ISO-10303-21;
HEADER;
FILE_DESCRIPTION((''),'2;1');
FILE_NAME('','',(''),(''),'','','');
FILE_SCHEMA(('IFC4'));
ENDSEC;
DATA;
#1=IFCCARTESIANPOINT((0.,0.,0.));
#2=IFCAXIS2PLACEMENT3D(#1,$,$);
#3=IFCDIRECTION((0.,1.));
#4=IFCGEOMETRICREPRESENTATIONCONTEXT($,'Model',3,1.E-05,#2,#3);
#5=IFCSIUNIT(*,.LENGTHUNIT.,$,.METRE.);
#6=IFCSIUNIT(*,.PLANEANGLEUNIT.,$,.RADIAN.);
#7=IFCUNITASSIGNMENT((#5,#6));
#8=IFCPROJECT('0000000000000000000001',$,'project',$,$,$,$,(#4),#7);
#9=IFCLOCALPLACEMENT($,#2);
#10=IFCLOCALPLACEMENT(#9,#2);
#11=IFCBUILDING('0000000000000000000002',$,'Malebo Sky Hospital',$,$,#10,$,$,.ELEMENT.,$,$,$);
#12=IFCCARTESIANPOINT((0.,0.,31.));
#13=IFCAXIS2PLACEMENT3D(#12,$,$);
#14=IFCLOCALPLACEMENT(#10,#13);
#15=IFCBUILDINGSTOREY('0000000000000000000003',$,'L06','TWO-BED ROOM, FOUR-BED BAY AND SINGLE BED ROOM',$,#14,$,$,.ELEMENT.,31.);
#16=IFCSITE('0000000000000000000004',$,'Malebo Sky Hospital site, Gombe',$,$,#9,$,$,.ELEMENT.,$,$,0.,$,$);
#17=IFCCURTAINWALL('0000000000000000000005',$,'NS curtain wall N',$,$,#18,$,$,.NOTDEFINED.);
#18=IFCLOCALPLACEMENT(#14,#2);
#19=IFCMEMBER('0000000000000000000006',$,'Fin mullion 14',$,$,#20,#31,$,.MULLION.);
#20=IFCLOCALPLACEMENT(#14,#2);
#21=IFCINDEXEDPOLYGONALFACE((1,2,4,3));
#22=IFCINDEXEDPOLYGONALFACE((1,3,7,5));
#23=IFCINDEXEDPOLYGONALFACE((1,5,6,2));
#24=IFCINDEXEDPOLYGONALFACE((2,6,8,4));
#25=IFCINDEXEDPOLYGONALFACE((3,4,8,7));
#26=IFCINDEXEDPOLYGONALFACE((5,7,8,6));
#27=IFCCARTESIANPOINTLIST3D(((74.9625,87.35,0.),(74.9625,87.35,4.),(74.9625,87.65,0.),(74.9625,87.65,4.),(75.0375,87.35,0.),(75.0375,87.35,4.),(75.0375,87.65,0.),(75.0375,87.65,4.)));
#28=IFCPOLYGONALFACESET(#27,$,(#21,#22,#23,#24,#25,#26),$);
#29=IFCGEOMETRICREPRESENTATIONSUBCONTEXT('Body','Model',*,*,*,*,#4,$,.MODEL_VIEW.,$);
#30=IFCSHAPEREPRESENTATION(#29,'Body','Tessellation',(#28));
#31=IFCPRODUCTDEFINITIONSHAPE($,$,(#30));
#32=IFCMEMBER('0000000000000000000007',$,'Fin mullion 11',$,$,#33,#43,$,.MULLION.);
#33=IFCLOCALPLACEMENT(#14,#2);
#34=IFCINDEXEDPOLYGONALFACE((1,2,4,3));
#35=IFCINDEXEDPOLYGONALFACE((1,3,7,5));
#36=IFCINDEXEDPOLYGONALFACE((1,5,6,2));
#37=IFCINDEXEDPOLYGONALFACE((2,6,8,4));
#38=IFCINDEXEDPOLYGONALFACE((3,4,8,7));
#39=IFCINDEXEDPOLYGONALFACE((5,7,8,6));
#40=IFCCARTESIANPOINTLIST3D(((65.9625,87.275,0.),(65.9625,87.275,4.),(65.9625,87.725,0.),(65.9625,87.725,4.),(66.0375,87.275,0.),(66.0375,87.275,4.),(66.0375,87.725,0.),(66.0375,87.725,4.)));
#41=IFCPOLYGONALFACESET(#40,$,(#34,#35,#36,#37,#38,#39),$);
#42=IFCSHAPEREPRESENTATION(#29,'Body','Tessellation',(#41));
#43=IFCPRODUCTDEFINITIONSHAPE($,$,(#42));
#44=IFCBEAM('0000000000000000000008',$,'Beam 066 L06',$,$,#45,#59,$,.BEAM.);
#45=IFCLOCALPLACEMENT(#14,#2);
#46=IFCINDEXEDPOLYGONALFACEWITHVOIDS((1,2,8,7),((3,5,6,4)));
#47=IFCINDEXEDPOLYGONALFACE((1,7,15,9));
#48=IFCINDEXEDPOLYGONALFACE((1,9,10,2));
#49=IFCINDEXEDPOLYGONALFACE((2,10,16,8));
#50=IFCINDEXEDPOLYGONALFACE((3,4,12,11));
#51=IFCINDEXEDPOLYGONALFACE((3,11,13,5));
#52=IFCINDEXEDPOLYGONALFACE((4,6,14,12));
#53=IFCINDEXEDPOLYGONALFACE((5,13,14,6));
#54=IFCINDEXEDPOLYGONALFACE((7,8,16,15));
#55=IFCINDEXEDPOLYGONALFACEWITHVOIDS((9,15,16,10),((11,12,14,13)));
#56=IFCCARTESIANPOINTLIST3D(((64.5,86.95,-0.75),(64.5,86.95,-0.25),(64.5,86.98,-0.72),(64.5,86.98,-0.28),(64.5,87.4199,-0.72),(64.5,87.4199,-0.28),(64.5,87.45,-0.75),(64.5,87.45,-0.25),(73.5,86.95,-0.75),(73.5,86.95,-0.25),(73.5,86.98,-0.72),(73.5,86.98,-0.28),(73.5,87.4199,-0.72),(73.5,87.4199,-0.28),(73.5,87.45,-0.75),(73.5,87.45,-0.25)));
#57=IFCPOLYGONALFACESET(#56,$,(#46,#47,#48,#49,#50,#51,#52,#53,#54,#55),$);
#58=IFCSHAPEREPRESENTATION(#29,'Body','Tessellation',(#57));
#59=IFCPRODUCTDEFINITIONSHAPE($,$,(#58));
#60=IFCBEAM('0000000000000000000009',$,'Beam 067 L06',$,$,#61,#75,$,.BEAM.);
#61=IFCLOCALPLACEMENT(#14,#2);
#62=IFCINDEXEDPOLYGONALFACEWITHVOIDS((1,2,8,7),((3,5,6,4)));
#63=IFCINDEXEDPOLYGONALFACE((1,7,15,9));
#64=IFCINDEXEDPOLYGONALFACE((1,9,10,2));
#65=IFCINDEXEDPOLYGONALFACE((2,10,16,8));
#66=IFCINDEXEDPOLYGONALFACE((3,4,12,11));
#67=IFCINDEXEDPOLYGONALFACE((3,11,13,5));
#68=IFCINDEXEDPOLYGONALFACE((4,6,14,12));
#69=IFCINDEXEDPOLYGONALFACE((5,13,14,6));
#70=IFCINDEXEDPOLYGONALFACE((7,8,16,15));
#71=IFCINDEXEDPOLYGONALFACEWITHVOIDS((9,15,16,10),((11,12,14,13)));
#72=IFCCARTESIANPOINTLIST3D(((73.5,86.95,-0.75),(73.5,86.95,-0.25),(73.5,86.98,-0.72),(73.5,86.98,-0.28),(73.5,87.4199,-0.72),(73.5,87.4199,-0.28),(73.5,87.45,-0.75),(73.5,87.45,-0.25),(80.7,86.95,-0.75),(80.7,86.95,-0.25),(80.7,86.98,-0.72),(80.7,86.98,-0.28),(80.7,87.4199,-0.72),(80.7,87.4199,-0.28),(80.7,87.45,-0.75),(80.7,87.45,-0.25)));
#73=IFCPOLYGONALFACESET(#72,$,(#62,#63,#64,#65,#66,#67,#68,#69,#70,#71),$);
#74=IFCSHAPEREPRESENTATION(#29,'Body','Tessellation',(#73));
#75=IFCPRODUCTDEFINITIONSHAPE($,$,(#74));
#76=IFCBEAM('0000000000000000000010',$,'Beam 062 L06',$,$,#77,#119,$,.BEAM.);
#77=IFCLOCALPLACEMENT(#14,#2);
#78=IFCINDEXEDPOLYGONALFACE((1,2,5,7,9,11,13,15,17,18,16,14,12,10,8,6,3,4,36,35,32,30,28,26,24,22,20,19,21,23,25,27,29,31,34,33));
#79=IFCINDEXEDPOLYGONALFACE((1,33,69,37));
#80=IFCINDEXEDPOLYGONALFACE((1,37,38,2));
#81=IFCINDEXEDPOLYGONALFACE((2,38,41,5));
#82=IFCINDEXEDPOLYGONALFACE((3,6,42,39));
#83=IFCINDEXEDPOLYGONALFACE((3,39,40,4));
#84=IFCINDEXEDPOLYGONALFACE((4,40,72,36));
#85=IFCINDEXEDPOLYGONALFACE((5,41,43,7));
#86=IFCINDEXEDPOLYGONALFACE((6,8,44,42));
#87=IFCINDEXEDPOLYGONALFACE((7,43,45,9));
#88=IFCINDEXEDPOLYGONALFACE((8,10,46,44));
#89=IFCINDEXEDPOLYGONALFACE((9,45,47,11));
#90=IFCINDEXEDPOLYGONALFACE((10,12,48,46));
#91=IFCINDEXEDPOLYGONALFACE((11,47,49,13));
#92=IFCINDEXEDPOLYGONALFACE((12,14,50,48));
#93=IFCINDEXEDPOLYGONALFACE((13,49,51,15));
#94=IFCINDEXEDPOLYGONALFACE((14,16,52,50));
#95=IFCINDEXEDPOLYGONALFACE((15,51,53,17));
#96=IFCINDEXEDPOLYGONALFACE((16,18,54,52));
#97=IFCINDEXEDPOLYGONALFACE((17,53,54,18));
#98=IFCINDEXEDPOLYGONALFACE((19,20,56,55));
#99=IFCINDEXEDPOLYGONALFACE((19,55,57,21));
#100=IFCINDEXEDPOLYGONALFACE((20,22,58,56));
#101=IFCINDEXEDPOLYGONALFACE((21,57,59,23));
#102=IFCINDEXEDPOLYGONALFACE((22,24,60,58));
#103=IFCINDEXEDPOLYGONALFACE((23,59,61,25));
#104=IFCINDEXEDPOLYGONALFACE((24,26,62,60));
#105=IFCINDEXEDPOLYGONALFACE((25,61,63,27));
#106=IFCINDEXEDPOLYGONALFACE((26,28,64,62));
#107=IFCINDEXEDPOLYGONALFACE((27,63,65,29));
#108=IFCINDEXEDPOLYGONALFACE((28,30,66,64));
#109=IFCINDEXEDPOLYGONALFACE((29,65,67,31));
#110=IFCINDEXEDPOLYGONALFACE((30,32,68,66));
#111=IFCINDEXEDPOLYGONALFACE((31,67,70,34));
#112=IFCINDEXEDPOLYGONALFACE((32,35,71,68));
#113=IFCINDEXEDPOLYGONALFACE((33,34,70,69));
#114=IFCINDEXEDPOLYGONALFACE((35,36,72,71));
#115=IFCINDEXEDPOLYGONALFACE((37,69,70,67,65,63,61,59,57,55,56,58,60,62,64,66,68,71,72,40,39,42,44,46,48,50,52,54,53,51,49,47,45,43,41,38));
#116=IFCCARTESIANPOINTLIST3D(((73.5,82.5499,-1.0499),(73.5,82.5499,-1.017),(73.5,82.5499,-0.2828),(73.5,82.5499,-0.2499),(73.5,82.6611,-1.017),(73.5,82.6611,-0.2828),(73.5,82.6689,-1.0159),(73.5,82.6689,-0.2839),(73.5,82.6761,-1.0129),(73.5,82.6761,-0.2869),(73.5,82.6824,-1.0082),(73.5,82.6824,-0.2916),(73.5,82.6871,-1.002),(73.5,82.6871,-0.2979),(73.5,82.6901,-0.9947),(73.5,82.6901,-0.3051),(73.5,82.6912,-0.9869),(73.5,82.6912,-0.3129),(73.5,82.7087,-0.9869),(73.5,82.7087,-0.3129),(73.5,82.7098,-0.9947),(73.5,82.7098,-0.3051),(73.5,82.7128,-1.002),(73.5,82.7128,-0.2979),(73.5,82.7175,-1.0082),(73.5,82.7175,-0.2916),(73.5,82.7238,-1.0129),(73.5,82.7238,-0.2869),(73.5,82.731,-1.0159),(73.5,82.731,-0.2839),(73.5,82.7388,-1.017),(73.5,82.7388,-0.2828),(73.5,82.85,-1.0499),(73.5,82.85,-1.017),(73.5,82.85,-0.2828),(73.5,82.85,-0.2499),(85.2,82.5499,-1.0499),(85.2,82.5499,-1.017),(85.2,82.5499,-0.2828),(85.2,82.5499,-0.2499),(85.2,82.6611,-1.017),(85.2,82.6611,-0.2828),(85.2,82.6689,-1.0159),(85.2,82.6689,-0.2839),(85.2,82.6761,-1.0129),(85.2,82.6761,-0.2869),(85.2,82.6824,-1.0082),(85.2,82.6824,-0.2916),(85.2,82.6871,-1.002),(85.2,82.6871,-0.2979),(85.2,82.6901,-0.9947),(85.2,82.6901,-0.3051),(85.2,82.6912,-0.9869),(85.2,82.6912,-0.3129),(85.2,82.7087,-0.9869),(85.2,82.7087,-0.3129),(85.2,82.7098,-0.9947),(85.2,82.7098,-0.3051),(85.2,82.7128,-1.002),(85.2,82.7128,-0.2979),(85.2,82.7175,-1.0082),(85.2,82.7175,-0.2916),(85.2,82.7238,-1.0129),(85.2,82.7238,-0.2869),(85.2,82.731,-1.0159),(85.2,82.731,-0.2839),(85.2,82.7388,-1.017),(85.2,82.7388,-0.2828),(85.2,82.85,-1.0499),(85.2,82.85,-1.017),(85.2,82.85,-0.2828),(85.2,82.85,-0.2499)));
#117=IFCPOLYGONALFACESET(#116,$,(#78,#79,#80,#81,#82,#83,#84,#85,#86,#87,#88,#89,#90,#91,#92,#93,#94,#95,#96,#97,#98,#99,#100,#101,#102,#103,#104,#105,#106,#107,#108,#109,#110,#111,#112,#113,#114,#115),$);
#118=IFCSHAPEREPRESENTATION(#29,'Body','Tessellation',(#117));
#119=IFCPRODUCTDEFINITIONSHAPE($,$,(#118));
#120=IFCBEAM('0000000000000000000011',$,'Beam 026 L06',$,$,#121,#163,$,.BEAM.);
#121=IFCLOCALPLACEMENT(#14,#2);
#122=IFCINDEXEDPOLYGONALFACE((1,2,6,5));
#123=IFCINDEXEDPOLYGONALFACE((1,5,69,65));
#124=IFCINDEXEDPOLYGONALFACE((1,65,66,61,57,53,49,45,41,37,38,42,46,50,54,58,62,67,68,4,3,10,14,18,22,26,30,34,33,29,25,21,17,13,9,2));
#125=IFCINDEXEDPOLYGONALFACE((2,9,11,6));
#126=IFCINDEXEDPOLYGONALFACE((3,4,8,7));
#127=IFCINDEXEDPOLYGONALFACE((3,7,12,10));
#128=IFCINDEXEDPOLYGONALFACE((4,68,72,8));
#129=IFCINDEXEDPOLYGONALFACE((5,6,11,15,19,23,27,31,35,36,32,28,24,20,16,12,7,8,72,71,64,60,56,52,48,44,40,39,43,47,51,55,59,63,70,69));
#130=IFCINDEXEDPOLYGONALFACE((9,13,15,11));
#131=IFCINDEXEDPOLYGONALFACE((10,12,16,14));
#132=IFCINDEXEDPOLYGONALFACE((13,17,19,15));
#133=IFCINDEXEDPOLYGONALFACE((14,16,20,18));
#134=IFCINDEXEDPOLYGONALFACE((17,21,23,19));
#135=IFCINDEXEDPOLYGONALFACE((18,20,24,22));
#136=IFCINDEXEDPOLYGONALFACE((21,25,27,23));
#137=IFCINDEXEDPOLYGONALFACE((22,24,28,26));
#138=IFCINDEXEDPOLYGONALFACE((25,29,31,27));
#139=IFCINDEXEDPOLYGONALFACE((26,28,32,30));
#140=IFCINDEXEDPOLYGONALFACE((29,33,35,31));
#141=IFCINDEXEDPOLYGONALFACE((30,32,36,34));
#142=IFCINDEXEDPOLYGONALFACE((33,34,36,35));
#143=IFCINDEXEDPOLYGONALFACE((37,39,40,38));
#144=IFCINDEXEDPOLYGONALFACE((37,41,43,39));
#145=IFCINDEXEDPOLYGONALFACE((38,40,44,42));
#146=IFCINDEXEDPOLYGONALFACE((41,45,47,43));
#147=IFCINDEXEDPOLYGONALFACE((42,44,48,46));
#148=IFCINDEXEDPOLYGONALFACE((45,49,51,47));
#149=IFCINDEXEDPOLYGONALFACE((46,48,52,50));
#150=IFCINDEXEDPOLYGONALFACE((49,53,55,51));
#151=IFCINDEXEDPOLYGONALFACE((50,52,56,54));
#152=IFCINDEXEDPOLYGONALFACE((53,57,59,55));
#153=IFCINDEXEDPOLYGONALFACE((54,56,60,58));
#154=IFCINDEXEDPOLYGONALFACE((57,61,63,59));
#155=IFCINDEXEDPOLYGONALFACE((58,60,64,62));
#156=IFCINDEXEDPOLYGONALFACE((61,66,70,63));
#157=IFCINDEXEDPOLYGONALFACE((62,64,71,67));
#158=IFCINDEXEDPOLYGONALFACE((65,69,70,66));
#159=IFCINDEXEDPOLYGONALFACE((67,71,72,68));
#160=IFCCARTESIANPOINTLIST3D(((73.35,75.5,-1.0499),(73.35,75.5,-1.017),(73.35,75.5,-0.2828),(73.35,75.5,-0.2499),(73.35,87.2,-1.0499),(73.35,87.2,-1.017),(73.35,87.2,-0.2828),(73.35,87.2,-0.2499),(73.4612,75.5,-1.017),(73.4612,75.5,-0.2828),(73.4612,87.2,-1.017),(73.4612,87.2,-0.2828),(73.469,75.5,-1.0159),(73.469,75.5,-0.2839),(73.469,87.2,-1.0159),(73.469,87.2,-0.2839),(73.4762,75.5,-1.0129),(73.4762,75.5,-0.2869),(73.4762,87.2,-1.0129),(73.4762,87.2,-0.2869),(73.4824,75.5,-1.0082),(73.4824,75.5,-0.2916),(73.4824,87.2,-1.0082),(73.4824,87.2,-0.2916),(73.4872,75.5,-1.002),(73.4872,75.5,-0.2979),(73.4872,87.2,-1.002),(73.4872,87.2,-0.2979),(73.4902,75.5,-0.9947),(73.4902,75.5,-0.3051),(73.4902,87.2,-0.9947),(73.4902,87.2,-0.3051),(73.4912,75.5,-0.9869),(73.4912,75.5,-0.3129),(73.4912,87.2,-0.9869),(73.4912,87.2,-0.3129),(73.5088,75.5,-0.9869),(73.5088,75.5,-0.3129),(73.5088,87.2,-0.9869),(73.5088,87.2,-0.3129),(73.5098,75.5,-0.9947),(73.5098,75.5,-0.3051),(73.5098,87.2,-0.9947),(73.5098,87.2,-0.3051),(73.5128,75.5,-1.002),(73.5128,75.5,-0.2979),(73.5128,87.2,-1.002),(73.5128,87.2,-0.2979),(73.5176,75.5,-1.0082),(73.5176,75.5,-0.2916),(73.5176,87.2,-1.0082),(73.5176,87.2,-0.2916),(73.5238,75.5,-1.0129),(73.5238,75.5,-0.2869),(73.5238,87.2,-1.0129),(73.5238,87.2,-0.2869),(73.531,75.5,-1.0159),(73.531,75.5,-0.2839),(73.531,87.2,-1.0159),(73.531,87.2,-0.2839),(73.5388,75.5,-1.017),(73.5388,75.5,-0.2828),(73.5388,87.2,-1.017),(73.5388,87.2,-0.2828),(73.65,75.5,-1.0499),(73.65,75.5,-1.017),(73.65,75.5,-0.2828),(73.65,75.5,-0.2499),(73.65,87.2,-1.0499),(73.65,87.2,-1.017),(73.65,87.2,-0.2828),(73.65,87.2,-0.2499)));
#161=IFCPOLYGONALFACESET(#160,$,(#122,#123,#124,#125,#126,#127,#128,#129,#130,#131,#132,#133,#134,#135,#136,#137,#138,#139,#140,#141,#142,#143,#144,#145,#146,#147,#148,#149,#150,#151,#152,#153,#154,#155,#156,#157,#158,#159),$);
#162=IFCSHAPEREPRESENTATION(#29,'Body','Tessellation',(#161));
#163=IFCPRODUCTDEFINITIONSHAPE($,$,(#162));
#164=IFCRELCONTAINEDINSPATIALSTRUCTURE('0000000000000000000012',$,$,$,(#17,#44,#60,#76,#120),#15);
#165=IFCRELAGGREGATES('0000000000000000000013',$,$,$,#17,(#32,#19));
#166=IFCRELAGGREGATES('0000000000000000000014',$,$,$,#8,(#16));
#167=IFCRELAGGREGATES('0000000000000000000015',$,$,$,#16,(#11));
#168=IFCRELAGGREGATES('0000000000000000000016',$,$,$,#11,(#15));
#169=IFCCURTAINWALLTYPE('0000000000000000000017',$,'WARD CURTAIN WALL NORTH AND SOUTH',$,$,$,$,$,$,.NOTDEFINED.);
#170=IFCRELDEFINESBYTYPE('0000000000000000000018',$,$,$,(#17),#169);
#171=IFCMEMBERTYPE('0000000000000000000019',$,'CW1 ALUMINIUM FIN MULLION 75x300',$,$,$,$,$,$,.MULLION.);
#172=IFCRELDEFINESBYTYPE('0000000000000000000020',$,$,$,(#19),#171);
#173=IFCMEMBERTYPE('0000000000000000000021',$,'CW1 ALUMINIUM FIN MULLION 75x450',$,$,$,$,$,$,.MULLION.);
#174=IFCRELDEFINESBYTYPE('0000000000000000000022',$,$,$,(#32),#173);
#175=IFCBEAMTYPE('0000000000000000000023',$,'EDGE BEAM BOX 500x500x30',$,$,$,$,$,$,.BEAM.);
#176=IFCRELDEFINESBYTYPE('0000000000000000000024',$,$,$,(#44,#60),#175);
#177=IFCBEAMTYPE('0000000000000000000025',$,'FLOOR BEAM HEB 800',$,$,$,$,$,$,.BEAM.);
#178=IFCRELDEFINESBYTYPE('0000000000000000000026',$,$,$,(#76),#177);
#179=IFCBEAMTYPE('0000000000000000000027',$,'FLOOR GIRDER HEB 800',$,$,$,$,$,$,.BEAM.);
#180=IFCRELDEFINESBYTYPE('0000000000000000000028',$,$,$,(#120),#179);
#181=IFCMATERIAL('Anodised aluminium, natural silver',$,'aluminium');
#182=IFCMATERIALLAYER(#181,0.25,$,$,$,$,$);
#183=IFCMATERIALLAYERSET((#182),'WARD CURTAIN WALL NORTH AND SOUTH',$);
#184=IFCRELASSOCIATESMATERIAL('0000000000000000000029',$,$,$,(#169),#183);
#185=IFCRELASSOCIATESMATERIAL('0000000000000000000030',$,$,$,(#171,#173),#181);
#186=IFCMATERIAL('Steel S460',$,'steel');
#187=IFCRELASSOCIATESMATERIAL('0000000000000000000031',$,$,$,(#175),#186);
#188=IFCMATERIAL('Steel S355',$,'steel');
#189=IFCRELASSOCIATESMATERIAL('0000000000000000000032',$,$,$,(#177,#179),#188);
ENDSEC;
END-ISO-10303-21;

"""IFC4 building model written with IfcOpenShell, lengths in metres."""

from ifc_helpers import new_model, si_unit, direction, frame, origin, origin_2d, place, context, subcontext, project, spatial, rectangle, hollow_rectangle, i_section, extrude, material, layer, layer_set, material_profile, profile_set, type_object, element, aggregate, save


model = new_model("IFC4")

# Units and contexts
model_context = context("Model", 3, precision=1e-05, world=origin(), true_north=direction((0.0, 1.0)))
body_context = subcontext(model_context, "Body", "Model", "MODEL_VIEW")
ifc_project = project(units=[si_unit("LENGTHUNIT", "METRE"), si_unit("PLANEANGLEUNIT", "RADIAN")], contexts=[model_context])

# Site, building, storey
site_placement = place(None, origin())
site = spatial("IfcSite", under=ifc_project, at=site_placement, Name="Malebo Sky Hospital site, Gombe", CompositionType="ELEMENT", RefElevation=0.0)
building_placement = place(site_placement, origin())
building = spatial("IfcBuilding", under=site, at=building_placement, Name="Malebo Sky Hospital", CompositionType="ELEMENT")
storey_placement = place(building_placement, frame((0.0, 0.0, 31.0)))
storey = spatial("IfcBuildingStorey", under=building, at=storey_placement, Name="L06", Description="TWO-BED ROOM, FOUR-BED BAY AND SINGLE BED ROOM", CompositionType="ELEMENT", Elevation=31.0)

# Shared definitions
ifc_material_1 = material(Name="Steel S460", Category="steel")

# Curtain wall, members
ifc_material_2 = material(Name="Anodised aluminium, natural silver", Category="aluminium")
ifc_layer_1 = layer(ifc_material_2, 0.25)
ifc_layer_set_1 = layer_set([ifc_layer_1], Name="WARD CURTAIN WALL NORTH AND SOUTH")
curtain_wall_type = type_object("IfcCurtainWallType", Name="WARD CURTAIN WALL NORTH AND SOUTH", PredefinedType="NOTDEFINED", material=ifc_layer_set_1)
curtain_wall_placement = place(storey_placement, origin())
curtain_wall = element("IfcCurtainWall", 1, at=curtain_wall_placement, inside=storey, type_object=curtain_wall_type, Name="NS curtain wall N", PredefinedType="NOTDEFINED")
ifc_material_profile_1 = material_profile(ifc_material_2, rectangle(XDim=0.075, YDim=0.3, at=origin_2d()), Name="CW1 ALUMINIUM FIN MULLION 75x300")
ifc_profile_set_1 = profile_set([ifc_material_profile_1], Name="Anodised aluminium, natural silver")
member_type_1 = type_object("IfcMemberType", Name="CW1 ALUMINIUM FIN MULLION 75x300", PredefinedType="MULLION", material=ifc_profile_set_1)
member_1_placement = place(storey_placement, frame((75.0, 87.5, 0.0), z_axis=(0.0, 0.0, 1.0), x_axis=(1.0, 0.0, 0.0)))
member_1 = element("IfcMember", 2, at=member_1_placement, type_object=member_type_1, Name="Fin mullion 14", PredefinedType="MULLION", context=body_context, shape_type="SweptSolid", body=[
    extrude(rectangle(XDim=0.075, YDim=0.3, at=origin_2d()), origin(), (0.0, 0.0, 1.0), 4.0),
])
ifc_material_profile_2 = material_profile(ifc_material_2, rectangle(XDim=0.075, YDim=0.45, at=origin_2d()), Name="CW1 ALUMINIUM FIN MULLION 75x450")
ifc_profile_set_2 = profile_set([ifc_material_profile_2], Name="Anodised aluminium, natural silver")
member_type_2 = type_object("IfcMemberType", Name="CW1 ALUMINIUM FIN MULLION 75x450", PredefinedType="MULLION", material=ifc_profile_set_2)
member_2_placement = place(storey_placement, frame((66.0, 87.5, 0.0), z_axis=(0.0, 0.0, 1.0), x_axis=(1.0, 0.0, 0.0)))
member_2 = element("IfcMember", 3, at=member_2_placement, type_object=member_type_2, Name="Fin mullion 11", PredefinedType="MULLION", context=body_context, shape_type="SweptSolid", body=[
    extrude(rectangle(XDim=0.075, YDim=0.45, at=origin_2d()), origin(), (0.0, 0.0, 1.0), 4.0),
])

# Beams
ifc_material_profile_3 = material_profile(ifc_material_1, hollow_rectangle(XDim=0.5, YDim=0.5, WallThickness=0.03, at=origin_2d()), Name="BOX 500x500x30")
ifc_profile_set_3 = profile_set([ifc_material_profile_3], Name="Steel S460")
beam_type_1 = type_object("IfcBeamType", Name="EDGE BEAM BOX 500x500x30", PredefinedType="BEAM", material=ifc_profile_set_3)
beam_1_placement = place(storey_placement, frame((64.5, 87.2, -0.5), z_axis=(1.0, 0.0, 0.0), x_axis=(0.0, 1.0, 0.0)))
element("IfcBeam", 4, at=beam_1_placement, inside=storey, type_object=beam_type_1, Name="Beam 066 L06", PredefinedType="BEAM", context=body_context, shape_type="SweptSolid", body=[
    extrude(hollow_rectangle(XDim=0.5, YDim=0.5, WallThickness=0.03, at=origin_2d()), origin(), (0.0, 0.0, 1.0), 9.0),
])
beam_2_placement = place(storey_placement, frame((73.5, 87.2, -0.5), z_axis=(1.0, 0.0, 0.0), x_axis=(0.0, 1.0, 0.0)))
element("IfcBeam", 5, at=beam_2_placement, inside=storey, type_object=beam_type_1, Name="Beam 067 L06", PredefinedType="BEAM", context=body_context, shape_type="SweptSolid", body=[
    extrude(hollow_rectangle(XDim=0.5, YDim=0.5, WallThickness=0.03, at=origin_2d()), origin(), (0.0, 0.0, 1.0), 7.2),
])
ifc_material_3 = material(Name="Steel S355", Category="steel")
ifc_material_profile_4 = material_profile(ifc_material_3, i_section(OverallWidth=0.3, OverallDepth=0.8, WebThickness=0.0176, FlangeThickness=0.033, FilletRadius=0.03, at=origin_2d()), Name="HEB 800")
ifc_profile_set_4 = profile_set([ifc_material_profile_4], Name="Steel S355")
beam_type_2 = type_object("IfcBeamType", Name="FLOOR BEAM HEB 800", PredefinedType="BEAM", material=ifc_profile_set_4)
beam_3_placement = place(storey_placement, frame((73.5, 82.7, -0.6499), z_axis=(1.0, 0.0, 0.0), x_axis=(0.0, 1.0, 0.0)))
element("IfcBeam", 6, at=beam_3_placement, inside=storey, type_object=beam_type_2, Name="Beam 062 L06", PredefinedType="BEAM", context=body_context, shape_type="SweptSolid", body=[
    extrude(i_section(OverallWidth=0.3, OverallDepth=0.8, WebThickness=0.0176, FlangeThickness=0.033, FilletRadius=0.03, at=origin_2d()), origin(), (0.0, 0.0, 1.0), 11.7),
])
ifc_material_profile_5 = material_profile(ifc_material_3, i_section(OverallWidth=0.3, OverallDepth=0.8, WebThickness=0.0176, FlangeThickness=0.033, FilletRadius=0.03, at=origin_2d()), Name="HEB 800")
ifc_profile_set_5 = profile_set([ifc_material_profile_5], Name="Steel S355")
beam_type_3 = type_object("IfcBeamType", Name="FLOOR GIRDER HEB 800", PredefinedType="BEAM", material=ifc_profile_set_5)
for number, where, z_axis, x_axis, name in (
    (7, (73.5, 75.5, -0.6499), (0.0, 1.0, 0.0), (-1.0, 0.0, 0.0), "Beam 026 L06"),
):
    element("IfcBeam", number, at=place(storey_placement, frame(where, z_axis=z_axis, x_axis=x_axis)), inside=storey, type_object=beam_type_3, Name=name, PredefinedType="BEAM", context=body_context, shape_type="SweptSolid", body=[
        extrude(i_section(OverallWidth=0.3, OverallDepth=0.8, WebThickness=0.0176, FlangeThickness=0.033, FilletRadius=0.03, at=origin_2d()), origin(), (0.0, 0.0, 1.0), 11.7),
    ])

aggregate(curtain_wall, [member_2, member_1])

save(model, "model.ifc")
